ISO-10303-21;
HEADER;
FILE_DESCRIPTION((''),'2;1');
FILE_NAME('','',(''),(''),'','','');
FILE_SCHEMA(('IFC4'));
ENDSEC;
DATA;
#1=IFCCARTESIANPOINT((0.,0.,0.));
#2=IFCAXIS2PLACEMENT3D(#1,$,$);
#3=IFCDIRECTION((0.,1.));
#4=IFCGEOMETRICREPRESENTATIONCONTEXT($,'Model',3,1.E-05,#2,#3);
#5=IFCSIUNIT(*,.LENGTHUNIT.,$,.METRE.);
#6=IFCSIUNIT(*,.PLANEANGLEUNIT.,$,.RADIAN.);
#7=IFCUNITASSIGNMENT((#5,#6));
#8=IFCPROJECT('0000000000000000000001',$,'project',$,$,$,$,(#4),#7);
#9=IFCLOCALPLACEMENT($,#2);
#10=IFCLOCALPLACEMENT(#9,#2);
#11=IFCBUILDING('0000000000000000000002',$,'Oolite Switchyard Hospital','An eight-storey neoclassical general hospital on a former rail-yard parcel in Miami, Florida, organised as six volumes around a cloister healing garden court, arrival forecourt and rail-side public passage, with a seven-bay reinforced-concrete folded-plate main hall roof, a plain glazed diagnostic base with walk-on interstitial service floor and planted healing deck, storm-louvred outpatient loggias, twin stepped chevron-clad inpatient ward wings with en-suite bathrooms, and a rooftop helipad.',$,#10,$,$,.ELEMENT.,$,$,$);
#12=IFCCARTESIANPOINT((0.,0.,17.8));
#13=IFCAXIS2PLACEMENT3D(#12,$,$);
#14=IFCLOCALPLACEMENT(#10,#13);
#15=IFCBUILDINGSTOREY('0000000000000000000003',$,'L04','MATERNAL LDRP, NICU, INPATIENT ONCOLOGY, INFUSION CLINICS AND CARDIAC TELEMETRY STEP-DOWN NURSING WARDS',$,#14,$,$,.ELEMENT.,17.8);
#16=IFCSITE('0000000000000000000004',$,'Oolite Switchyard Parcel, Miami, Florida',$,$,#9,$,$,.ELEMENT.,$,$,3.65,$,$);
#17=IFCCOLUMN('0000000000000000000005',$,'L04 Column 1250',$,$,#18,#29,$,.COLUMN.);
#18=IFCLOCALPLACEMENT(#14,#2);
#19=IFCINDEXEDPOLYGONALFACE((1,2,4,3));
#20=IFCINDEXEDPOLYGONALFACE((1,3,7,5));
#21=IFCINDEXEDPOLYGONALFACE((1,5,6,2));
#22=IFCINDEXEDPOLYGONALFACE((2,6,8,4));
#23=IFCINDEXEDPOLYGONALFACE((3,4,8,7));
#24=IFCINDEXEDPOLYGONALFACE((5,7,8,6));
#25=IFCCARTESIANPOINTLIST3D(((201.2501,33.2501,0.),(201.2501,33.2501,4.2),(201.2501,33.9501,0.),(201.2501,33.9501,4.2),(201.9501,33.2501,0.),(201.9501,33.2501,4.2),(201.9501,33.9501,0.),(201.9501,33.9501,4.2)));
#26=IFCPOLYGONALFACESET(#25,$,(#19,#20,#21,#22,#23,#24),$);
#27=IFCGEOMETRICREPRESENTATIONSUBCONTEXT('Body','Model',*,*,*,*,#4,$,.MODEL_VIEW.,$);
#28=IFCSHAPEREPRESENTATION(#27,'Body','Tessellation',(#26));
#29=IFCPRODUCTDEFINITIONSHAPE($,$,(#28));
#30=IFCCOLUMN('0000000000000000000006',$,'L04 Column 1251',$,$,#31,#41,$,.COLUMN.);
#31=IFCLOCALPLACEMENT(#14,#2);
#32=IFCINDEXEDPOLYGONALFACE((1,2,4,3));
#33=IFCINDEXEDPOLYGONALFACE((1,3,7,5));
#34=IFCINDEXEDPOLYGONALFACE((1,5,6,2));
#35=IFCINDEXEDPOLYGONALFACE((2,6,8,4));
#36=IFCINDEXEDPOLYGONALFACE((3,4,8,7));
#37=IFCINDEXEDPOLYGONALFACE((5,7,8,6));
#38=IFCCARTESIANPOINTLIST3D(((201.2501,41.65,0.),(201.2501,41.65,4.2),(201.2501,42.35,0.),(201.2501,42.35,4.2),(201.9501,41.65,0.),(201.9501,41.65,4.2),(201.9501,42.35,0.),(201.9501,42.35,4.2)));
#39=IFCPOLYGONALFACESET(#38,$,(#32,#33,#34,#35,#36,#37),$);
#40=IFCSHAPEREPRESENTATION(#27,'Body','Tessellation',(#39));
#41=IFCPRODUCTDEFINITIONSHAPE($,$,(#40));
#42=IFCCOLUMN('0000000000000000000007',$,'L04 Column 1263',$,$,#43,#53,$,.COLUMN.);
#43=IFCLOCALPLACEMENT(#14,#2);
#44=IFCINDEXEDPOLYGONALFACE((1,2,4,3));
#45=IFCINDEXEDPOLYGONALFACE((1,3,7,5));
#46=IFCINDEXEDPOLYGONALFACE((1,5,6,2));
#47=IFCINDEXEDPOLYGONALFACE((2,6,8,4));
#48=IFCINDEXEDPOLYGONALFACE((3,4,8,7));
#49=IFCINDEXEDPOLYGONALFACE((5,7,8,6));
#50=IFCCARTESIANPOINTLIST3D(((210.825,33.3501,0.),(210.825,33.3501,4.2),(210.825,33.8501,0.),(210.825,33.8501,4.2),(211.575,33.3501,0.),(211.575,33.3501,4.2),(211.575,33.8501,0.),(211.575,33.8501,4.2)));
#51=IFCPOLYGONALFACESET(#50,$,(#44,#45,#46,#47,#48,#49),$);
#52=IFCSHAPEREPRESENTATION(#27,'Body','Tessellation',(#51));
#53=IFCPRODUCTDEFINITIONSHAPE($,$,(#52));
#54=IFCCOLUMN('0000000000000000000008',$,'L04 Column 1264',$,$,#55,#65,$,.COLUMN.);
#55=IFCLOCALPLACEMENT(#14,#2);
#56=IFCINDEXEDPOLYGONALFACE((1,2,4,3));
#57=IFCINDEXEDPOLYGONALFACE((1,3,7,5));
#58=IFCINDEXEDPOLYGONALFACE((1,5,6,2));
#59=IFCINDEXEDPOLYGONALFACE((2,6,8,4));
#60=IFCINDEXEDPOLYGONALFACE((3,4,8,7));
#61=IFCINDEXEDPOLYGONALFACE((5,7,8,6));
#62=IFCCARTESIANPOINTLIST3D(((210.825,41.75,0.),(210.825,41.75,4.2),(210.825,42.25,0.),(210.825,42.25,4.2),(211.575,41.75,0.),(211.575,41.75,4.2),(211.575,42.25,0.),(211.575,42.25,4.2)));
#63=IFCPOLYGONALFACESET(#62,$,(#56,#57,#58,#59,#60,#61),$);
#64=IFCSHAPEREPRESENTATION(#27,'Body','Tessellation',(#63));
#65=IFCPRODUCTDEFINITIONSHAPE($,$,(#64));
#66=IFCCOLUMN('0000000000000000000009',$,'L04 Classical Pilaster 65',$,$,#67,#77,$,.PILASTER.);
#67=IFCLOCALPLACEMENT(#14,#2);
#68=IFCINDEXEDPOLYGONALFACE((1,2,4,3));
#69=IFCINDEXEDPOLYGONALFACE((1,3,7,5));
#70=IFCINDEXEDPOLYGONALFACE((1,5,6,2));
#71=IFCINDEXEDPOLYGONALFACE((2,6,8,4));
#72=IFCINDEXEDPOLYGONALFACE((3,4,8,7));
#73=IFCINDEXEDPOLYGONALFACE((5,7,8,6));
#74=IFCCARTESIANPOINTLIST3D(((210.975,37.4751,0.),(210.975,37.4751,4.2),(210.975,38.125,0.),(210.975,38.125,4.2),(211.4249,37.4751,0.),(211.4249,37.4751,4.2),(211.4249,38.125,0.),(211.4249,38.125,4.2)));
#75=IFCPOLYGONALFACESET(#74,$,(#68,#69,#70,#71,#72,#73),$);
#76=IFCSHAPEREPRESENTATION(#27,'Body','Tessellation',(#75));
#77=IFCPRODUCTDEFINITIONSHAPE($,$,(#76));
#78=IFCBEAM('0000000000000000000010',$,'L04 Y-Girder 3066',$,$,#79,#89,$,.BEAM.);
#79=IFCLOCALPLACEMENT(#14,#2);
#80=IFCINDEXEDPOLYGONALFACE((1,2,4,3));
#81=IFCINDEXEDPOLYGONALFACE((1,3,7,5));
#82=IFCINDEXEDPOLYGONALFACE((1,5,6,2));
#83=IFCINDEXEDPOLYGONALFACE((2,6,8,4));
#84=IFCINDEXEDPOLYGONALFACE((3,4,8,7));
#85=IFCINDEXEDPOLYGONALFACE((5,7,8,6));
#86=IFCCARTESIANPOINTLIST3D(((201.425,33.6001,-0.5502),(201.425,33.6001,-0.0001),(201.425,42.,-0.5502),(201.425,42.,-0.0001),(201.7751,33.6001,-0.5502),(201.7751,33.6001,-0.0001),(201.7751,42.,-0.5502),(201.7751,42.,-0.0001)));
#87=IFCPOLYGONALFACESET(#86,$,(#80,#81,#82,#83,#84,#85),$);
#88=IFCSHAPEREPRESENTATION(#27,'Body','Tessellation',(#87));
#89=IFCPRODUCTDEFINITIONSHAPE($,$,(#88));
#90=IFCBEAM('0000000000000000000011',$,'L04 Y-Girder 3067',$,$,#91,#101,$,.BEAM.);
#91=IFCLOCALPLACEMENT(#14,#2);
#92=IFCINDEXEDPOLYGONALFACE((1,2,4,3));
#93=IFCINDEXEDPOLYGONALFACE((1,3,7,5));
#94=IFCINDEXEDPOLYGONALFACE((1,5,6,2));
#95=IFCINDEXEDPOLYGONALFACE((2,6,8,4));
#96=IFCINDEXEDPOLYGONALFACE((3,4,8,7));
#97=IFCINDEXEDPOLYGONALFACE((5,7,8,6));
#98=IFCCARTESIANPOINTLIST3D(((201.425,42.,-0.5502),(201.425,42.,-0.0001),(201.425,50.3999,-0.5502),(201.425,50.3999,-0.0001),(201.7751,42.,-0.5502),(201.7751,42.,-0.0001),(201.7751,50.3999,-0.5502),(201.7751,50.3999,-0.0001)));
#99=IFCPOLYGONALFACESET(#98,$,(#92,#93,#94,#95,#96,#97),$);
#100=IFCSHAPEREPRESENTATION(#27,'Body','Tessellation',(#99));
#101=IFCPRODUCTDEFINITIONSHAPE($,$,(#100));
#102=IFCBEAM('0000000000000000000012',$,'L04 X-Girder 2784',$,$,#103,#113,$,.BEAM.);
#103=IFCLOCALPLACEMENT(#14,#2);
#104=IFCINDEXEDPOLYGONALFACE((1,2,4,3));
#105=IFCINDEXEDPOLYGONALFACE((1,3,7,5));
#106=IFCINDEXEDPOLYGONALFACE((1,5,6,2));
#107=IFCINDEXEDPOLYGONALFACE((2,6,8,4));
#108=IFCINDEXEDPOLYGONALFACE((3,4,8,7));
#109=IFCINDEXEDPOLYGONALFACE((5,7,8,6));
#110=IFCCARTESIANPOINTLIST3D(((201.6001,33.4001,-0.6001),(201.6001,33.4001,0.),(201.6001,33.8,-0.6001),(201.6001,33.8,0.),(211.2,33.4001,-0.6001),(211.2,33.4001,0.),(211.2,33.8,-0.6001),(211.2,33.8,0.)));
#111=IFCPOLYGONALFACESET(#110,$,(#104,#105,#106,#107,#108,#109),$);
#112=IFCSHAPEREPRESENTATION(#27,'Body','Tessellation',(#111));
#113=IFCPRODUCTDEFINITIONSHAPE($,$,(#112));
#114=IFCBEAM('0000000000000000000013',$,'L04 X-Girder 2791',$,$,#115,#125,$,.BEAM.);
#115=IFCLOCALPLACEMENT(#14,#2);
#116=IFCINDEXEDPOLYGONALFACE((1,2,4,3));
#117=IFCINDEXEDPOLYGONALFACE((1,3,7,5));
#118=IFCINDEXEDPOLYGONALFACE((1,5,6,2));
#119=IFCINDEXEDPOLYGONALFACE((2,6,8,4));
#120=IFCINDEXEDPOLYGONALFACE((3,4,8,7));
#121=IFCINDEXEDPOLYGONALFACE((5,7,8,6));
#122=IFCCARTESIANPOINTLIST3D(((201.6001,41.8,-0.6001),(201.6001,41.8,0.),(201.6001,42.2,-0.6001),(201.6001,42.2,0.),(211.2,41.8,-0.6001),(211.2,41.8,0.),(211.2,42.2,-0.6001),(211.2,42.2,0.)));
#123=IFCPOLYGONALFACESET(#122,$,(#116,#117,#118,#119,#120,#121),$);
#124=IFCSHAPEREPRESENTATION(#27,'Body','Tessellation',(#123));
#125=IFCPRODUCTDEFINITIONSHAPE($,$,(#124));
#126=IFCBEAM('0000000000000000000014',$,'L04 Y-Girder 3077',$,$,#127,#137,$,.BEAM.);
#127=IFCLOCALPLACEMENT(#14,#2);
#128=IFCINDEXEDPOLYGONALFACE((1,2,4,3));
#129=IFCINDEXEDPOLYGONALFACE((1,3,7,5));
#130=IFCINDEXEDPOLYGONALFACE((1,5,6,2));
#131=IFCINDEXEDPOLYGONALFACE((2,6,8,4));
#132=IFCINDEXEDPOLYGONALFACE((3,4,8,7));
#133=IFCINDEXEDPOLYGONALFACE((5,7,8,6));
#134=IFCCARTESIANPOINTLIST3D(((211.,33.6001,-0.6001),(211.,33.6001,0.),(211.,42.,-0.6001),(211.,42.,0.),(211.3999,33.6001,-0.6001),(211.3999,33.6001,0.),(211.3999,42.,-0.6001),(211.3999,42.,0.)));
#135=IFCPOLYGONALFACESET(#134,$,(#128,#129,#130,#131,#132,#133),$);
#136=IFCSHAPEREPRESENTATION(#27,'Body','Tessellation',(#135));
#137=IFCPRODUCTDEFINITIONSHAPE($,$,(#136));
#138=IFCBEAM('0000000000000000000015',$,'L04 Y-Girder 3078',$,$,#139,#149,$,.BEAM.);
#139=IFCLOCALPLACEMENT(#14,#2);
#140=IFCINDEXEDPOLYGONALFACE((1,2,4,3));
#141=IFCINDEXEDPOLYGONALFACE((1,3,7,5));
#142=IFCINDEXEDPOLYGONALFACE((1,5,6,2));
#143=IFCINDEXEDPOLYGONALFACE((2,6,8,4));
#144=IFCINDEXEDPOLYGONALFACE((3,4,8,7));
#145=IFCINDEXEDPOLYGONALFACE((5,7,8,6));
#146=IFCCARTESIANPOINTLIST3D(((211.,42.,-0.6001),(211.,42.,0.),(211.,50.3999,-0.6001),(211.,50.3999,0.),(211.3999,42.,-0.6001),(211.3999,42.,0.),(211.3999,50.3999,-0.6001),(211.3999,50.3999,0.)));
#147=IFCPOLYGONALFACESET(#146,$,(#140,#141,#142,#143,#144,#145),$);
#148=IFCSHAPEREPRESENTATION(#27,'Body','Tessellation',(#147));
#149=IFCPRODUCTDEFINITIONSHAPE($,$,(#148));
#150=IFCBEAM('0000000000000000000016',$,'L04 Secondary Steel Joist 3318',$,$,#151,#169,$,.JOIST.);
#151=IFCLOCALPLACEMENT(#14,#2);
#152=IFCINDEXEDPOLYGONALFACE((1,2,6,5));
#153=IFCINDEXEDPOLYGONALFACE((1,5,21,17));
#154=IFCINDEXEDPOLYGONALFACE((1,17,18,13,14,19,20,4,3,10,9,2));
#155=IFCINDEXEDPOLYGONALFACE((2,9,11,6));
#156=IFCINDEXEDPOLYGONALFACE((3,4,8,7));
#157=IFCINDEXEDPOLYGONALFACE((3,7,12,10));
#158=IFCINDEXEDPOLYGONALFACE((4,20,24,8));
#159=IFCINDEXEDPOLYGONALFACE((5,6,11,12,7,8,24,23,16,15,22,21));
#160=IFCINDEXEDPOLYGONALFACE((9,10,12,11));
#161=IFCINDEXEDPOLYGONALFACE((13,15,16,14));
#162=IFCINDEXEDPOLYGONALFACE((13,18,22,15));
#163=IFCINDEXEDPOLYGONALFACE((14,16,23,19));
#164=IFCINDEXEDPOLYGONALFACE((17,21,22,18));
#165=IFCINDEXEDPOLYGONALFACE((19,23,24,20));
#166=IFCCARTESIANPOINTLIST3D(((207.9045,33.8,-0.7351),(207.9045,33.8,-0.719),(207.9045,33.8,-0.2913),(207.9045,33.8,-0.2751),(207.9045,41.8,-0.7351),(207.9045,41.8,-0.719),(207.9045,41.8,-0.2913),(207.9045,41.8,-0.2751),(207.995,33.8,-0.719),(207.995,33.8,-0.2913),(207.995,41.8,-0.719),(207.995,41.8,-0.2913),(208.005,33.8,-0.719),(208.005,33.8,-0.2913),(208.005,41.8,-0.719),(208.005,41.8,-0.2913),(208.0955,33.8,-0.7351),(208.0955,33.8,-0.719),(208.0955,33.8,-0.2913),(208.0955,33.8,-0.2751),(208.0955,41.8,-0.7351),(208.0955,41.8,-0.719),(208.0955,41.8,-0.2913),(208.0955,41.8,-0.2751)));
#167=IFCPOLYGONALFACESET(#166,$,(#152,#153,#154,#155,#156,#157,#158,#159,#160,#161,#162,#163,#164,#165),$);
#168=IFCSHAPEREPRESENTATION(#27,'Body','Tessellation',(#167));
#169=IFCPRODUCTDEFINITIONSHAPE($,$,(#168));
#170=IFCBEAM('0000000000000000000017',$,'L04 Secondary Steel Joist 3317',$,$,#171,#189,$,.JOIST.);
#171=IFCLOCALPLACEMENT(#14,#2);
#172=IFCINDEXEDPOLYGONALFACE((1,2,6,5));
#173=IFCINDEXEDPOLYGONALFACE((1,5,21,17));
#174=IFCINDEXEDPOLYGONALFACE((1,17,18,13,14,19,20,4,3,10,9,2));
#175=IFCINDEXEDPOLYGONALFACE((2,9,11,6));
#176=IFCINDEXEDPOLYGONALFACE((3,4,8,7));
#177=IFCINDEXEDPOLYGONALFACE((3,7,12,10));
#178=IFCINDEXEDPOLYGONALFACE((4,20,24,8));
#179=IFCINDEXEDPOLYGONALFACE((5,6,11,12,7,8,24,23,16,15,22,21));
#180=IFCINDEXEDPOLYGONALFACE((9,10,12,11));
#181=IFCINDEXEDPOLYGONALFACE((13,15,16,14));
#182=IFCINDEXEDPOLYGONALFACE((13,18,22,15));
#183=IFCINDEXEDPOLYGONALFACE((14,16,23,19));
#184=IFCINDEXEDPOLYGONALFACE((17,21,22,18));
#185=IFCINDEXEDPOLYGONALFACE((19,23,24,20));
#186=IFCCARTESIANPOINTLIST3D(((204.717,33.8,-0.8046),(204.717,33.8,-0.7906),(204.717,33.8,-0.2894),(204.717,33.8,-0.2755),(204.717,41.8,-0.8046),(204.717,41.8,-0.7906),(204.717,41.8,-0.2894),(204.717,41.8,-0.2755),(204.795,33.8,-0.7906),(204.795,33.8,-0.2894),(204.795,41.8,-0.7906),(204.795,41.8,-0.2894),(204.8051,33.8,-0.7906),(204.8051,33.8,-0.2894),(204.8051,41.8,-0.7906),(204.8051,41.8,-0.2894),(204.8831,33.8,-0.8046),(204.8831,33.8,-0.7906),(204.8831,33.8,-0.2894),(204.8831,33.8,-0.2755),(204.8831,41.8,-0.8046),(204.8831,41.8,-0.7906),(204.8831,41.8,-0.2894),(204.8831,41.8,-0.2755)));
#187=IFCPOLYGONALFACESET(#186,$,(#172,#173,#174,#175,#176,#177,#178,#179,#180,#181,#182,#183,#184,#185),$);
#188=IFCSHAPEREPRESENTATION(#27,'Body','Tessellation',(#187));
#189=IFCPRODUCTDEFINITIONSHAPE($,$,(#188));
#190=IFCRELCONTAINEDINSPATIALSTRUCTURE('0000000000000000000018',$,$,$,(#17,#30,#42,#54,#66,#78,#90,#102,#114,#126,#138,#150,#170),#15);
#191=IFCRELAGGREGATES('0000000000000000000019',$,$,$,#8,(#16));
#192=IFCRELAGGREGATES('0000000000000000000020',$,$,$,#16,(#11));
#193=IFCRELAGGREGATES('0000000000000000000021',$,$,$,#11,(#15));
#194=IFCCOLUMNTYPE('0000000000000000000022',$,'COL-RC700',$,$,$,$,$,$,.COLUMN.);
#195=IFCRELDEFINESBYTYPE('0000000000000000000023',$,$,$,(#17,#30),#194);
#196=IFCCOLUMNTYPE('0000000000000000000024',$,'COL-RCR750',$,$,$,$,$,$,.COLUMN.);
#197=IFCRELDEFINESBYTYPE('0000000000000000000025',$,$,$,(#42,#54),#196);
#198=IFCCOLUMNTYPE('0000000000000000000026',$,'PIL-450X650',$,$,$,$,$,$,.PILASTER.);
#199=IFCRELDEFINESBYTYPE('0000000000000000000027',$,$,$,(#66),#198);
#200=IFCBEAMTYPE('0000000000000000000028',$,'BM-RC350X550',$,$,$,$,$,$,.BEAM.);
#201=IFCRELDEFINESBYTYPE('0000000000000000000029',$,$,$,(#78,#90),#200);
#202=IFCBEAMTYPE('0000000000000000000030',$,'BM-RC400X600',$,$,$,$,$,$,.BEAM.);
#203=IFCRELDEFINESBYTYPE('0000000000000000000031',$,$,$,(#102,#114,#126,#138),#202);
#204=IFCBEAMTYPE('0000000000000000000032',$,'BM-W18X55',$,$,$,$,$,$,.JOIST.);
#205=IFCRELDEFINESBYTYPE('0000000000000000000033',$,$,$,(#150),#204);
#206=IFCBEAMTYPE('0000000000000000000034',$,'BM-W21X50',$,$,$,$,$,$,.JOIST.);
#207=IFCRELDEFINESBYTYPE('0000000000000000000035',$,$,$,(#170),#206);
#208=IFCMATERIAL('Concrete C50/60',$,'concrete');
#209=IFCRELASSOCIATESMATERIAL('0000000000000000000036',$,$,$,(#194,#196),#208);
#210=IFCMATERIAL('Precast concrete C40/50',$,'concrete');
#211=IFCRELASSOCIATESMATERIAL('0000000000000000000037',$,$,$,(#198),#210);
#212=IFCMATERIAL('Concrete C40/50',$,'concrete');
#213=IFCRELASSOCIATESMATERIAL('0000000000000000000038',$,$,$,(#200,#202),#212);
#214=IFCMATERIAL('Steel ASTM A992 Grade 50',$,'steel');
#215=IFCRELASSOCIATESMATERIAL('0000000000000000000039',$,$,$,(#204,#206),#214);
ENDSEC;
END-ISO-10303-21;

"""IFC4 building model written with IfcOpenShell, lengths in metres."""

from ifc_helpers import new_model, si_unit, direction, frame, origin, origin_2d, place, context, subcontext, project, spatial, rectangle, i_section, extrude, material, material_profile, profile_set, type_object, element, save


model = new_model("IFC4")

# Units and contexts
model_context = context("Model", 3, precision=1e-05, world=origin(), true_north=direction((0.0, 1.0)))
body_context = subcontext(model_context, "Body", "Model", "MODEL_VIEW")
ifc_project = project(units=[si_unit("LENGTHUNIT", "METRE"), si_unit("PLANEANGLEUNIT", "RADIAN")], contexts=[model_context])

# Site, building, storey
site_placement = place(None, origin())
site = spatial("IfcSite", under=ifc_project, at=site_placement, Name="Oolite Switchyard Parcel, Miami, Florida", CompositionType="ELEMENT", RefElevation=3.65)
building_placement = place(site_placement, origin())
building = spatial("IfcBuilding", under=site, at=building_placement, Name="Oolite Switchyard Hospital", Description="An eight-storey neoclassical general hospital on a former rail-yard parcel in Miami, Florida, organised as six volumes around a cloister healing garden court, arrival forecourt and rail-side public passage, with a seven-bay reinforced-concrete folded-plate main hall roof, a plain glazed diagnostic base with walk-on interstitial service floor and planted healing deck, storm-louvred outpatient loggias, twin stepped chevron-clad inpatient ward wings with en-suite bathrooms, and a rooftop helipad.", CompositionType="ELEMENT")
storey_placement = place(building_placement, frame((0.0, 0.0, 17.8)))
storey = spatial("IfcBuildingStorey", under=building, at=storey_placement, Name="L04", Description="MATERNAL LDRP, NICU, INPATIENT ONCOLOGY, INFUSION CLINICS AND CARDIAC TELEMETRY STEP-DOWN NURSING WARDS", CompositionType="ELEMENT", Elevation=17.8)

# Columns
ifc_material_1 = material(Name="Concrete C50/60", Category="concrete")
ifc_material_profile_1 = material_profile(ifc_material_1, rectangle(XDim=0.7, YDim=0.7, at=origin_2d()), Name="RC700X700")
ifc_profile_set_1 = profile_set([ifc_material_profile_1], Name="Concrete C50/60")
column_type_1 = type_object("IfcColumnType", Name="COL-RC700", PredefinedType="COLUMN", material=ifc_profile_set_1)
for number, where, z_axis, x_axis, name in (
    (1, (201.6001, 33.6001, 0.0), (0.0, 0.0, 1.0), (1.0, 0.0, 0.0), "L04 Column 1250"),
    (2, (201.6001, 42.0, 0.0), (0.0, 0.0, 1.0), (1.0, 0.0, 0.0), "L04 Column 1251"),
):
    element("IfcColumn", number, at=place(storey_placement, frame(where, z_axis=z_axis, x_axis=x_axis)), inside=storey, type_object=column_type_1, Name=name, PredefinedType="COLUMN", context=body_context, shape_type="SweptSolid", body=[
        extrude(rectangle(XDim=0.7, YDim=0.7, at=origin_2d()), origin(), (0.0, 0.0, 1.0), 4.2),
    ])
ifc_material_profile_2 = material_profile(ifc_material_1, rectangle(XDim=0.75, YDim=0.5, at=origin_2d()), Name="RC750X500")
ifc_profile_set_2 = profile_set([ifc_material_profile_2], Name="Concrete C50/60")
column_type_2 = type_object("IfcColumnType", Name="COL-RCR750", PredefinedType="COLUMN", material=ifc_profile_set_2)
for number, where, z_axis, x_axis, name in (
    (3, (211.2, 33.6001, 0.0), (0.0, 0.0, 1.0), (1.0, 0.0, 0.0), "L04 Column 1263"),
    (4, (211.2, 42.0, 0.0), (0.0, 0.0, 1.0), (1.0, 0.0, 0.0), "L04 Column 1264"),
):
    element("IfcColumn", number, at=place(storey_placement, frame(where, z_axis=z_axis, x_axis=x_axis)), inside=storey, type_object=column_type_2, Name=name, PredefinedType="COLUMN", context=body_context, shape_type="SweptSolid", body=[
        extrude(rectangle(XDim=0.75, YDim=0.5, at=origin_2d()), origin(), (0.0, 0.0, 1.0), 4.2),
    ])
ifc_material_2 = material(Name="Precast concrete C40/50", Category="concrete")
ifc_material_profile_3 = material_profile(ifc_material_2, rectangle(XDim=0.45, YDim=0.6499, at=origin_2d()), Name="PIL450X650")
ifc_profile_set_3 = profile_set([ifc_material_profile_3], Name="Precast concrete C40/50")
column_type_3 = type_object("IfcColumnType", Name="PIL-450X650", PredefinedType="PILASTER", material=ifc_profile_set_3)
column_placement = place(storey_placement, frame((211.2, 37.8, 0.0), z_axis=(0.0, 0.0, 1.0), x_axis=(1.0, 0.0, 0.0)))
element("IfcColumn", 5, at=column_placement, inside=storey, type_object=column_type_3, Name="L04 Classical Pilaster 65", PredefinedType="PILASTER", context=body_context, shape_type="SweptSolid", body=[
    extrude(rectangle(XDim=0.45, YDim=0.6499, at=origin_2d()), origin(), (0.0, 0.0, 1.0), 4.2),
])

# Beams
ifc_material_3 = material(Name="Concrete C40/50", Category="concrete")
ifc_material_profile_4 = material_profile(ifc_material_3, rectangle(XDim=0.3501, YDim=0.55, at=origin_2d()), Name="RCB350X550")
ifc_profile_set_4 = profile_set([ifc_material_profile_4], Name="Concrete C40/50")
beam_type_1 = type_object("IfcBeamType", Name="BM-RC350X550", PredefinedType="BEAM", material=ifc_profile_set_4)
for number, where, z_axis, x_axis, name in (
    (6, (201.6001, 33.6001, -0.2751), (0.0, 1.0, 0.0), (-1.0, 0.0, 0.0), "L04 Y-Girder 3066"),
    (7, (201.6001, 42.0, -0.2751), (0.0, 1.0, 0.0), (-1.0, 0.0, 0.0), "L04 Y-Girder 3067"),
):
    element("IfcBeam", number, at=place(storey_placement, frame(where, z_axis=z_axis, x_axis=x_axis)), inside=storey, type_object=beam_type_1, Name=name, PredefinedType="BEAM", context=body_context, shape_type="SweptSolid", body=[
        extrude(rectangle(XDim=0.3501, YDim=0.55, at=origin_2d()), origin(), (0.0, 0.0, 1.0), 8.3999),
    ])
ifc_material_profile_5 = material_profile(ifc_material_3, rectangle(XDim=0.3999, YDim=0.6001, at=origin_2d()), Name="RCB400X600")
ifc_profile_set_5 = profile_set([ifc_material_profile_5], Name="Concrete C40/50")
beam_type_2 = type_object("IfcBeamType", Name="BM-RC400X600", PredefinedType="BEAM", material=ifc_profile_set_5)
for number, where, z_axis, x_axis, name in (
    (8, (201.6001, 33.6001, -0.3), (1.0, 0.0, 0.0), (0.0, 1.0, 0.0), "L04 X-Girder 2784"),
    (9, (201.6001, 42.0, -0.3), (1.0, 0.0, 0.0), (0.0, 1.0, 0.0), "L04 X-Girder 2791"),
):
    element("IfcBeam", number, at=place(storey_placement, frame(where, z_axis=z_axis, x_axis=x_axis)), inside=storey, type_object=beam_type_2, Name=name, PredefinedType="BEAM", context=body_context, shape_type="SweptSolid", body=[
        extrude(rectangle(XDim=0.3999, YDim=0.6001, at=origin_2d()), origin(), (0.0, 0.0, 1.0), 9.5999),
    ])
for number, where, z_axis, x_axis, name in (
    (10, (211.2, 33.6001, -0.3), (0.0, 1.0, 0.0), (-1.0, 0.0, 0.0), "L04 Y-Girder 3077"),
    (11, (211.2, 42.0, -0.3), (0.0, 1.0, 0.0), (-1.0, 0.0, 0.0), "L04 Y-Girder 3078"),
):
    element("IfcBeam", number, at=place(storey_placement, frame(where, z_axis=z_axis, x_axis=x_axis)), inside=storey, type_object=beam_type_2, Name=name, PredefinedType="BEAM", context=body_context, shape_type="SweptSolid", body=[
        extrude(rectangle(XDim=0.3999, YDim=0.6001, at=origin_2d()), origin(), (0.0, 0.0, 1.0), 8.3999),
    ])
ifc_material_4 = material(Name="Steel ASTM A992 Grade 50", Category="steel")
ifc_material_profile_6 = material_profile(ifc_material_4, i_section(OverallWidth=0.1909, OverallDepth=0.46, WebThickness=0.01, FlangeThickness=0.0161, at=origin_2d()), Name="W18X55")
ifc_profile_set_6 = profile_set([ifc_material_profile_6], Name="Steel ASTM A992 Grade 50")
beam_type_3 = type_object("IfcBeamType", Name="BM-W18X55", PredefinedType="JOIST", material=ifc_profile_set_6)
beam_1_placement = place(storey_placement, frame((208.0, 33.8, -0.5051), z_axis=(0.0, 1.0, 0.0), x_axis=(-1.0, 0.0, 0.0)))
element("IfcBeam", 12, at=beam_1_placement, inside=storey, type_object=beam_type_3, Name="L04 Secondary Steel Joist 3318", PredefinedType="JOIST", context=body_context, shape_type="SweptSolid", body=[
    extrude(i_section(OverallWidth=0.1909, OverallDepth=0.46, WebThickness=0.01, FlangeThickness=0.0161, at=origin_2d()), origin(), (0.0, 0.0, 1.0), 8.0),
])
ifc_material_profile_7 = material_profile(ifc_material_4, i_section(OverallWidth=0.166, OverallDepth=0.5291, WebThickness=0.01, FlangeThickness=0.0139, at=origin_2d()), Name="W21X50")
ifc_profile_set_7 = profile_set([ifc_material_profile_7], Name="Steel ASTM A992 Grade 50")
beam_type_4 = type_object("IfcBeamType", Name="BM-W21X50", PredefinedType="JOIST", material=ifc_profile_set_7)
beam_2_placement = place(storey_placement, frame((204.8, 33.8, -0.54), z_axis=(0.0, 1.0, 0.0), x_axis=(-1.0, 0.0, 0.0)))
element("IfcBeam", 13, at=beam_2_placement, inside=storey, type_object=beam_type_4, Name="L04 Secondary Steel Joist 3317", PredefinedType="JOIST", context=body_context, shape_type="SweptSolid", body=[
    extrude(i_section(OverallWidth=0.166, OverallDepth=0.5291, WebThickness=0.01, FlangeThickness=0.0139, at=origin_2d()), origin(), (0.0, 0.0, 1.0), 8.0),
])

save(model, "model.ifc")
